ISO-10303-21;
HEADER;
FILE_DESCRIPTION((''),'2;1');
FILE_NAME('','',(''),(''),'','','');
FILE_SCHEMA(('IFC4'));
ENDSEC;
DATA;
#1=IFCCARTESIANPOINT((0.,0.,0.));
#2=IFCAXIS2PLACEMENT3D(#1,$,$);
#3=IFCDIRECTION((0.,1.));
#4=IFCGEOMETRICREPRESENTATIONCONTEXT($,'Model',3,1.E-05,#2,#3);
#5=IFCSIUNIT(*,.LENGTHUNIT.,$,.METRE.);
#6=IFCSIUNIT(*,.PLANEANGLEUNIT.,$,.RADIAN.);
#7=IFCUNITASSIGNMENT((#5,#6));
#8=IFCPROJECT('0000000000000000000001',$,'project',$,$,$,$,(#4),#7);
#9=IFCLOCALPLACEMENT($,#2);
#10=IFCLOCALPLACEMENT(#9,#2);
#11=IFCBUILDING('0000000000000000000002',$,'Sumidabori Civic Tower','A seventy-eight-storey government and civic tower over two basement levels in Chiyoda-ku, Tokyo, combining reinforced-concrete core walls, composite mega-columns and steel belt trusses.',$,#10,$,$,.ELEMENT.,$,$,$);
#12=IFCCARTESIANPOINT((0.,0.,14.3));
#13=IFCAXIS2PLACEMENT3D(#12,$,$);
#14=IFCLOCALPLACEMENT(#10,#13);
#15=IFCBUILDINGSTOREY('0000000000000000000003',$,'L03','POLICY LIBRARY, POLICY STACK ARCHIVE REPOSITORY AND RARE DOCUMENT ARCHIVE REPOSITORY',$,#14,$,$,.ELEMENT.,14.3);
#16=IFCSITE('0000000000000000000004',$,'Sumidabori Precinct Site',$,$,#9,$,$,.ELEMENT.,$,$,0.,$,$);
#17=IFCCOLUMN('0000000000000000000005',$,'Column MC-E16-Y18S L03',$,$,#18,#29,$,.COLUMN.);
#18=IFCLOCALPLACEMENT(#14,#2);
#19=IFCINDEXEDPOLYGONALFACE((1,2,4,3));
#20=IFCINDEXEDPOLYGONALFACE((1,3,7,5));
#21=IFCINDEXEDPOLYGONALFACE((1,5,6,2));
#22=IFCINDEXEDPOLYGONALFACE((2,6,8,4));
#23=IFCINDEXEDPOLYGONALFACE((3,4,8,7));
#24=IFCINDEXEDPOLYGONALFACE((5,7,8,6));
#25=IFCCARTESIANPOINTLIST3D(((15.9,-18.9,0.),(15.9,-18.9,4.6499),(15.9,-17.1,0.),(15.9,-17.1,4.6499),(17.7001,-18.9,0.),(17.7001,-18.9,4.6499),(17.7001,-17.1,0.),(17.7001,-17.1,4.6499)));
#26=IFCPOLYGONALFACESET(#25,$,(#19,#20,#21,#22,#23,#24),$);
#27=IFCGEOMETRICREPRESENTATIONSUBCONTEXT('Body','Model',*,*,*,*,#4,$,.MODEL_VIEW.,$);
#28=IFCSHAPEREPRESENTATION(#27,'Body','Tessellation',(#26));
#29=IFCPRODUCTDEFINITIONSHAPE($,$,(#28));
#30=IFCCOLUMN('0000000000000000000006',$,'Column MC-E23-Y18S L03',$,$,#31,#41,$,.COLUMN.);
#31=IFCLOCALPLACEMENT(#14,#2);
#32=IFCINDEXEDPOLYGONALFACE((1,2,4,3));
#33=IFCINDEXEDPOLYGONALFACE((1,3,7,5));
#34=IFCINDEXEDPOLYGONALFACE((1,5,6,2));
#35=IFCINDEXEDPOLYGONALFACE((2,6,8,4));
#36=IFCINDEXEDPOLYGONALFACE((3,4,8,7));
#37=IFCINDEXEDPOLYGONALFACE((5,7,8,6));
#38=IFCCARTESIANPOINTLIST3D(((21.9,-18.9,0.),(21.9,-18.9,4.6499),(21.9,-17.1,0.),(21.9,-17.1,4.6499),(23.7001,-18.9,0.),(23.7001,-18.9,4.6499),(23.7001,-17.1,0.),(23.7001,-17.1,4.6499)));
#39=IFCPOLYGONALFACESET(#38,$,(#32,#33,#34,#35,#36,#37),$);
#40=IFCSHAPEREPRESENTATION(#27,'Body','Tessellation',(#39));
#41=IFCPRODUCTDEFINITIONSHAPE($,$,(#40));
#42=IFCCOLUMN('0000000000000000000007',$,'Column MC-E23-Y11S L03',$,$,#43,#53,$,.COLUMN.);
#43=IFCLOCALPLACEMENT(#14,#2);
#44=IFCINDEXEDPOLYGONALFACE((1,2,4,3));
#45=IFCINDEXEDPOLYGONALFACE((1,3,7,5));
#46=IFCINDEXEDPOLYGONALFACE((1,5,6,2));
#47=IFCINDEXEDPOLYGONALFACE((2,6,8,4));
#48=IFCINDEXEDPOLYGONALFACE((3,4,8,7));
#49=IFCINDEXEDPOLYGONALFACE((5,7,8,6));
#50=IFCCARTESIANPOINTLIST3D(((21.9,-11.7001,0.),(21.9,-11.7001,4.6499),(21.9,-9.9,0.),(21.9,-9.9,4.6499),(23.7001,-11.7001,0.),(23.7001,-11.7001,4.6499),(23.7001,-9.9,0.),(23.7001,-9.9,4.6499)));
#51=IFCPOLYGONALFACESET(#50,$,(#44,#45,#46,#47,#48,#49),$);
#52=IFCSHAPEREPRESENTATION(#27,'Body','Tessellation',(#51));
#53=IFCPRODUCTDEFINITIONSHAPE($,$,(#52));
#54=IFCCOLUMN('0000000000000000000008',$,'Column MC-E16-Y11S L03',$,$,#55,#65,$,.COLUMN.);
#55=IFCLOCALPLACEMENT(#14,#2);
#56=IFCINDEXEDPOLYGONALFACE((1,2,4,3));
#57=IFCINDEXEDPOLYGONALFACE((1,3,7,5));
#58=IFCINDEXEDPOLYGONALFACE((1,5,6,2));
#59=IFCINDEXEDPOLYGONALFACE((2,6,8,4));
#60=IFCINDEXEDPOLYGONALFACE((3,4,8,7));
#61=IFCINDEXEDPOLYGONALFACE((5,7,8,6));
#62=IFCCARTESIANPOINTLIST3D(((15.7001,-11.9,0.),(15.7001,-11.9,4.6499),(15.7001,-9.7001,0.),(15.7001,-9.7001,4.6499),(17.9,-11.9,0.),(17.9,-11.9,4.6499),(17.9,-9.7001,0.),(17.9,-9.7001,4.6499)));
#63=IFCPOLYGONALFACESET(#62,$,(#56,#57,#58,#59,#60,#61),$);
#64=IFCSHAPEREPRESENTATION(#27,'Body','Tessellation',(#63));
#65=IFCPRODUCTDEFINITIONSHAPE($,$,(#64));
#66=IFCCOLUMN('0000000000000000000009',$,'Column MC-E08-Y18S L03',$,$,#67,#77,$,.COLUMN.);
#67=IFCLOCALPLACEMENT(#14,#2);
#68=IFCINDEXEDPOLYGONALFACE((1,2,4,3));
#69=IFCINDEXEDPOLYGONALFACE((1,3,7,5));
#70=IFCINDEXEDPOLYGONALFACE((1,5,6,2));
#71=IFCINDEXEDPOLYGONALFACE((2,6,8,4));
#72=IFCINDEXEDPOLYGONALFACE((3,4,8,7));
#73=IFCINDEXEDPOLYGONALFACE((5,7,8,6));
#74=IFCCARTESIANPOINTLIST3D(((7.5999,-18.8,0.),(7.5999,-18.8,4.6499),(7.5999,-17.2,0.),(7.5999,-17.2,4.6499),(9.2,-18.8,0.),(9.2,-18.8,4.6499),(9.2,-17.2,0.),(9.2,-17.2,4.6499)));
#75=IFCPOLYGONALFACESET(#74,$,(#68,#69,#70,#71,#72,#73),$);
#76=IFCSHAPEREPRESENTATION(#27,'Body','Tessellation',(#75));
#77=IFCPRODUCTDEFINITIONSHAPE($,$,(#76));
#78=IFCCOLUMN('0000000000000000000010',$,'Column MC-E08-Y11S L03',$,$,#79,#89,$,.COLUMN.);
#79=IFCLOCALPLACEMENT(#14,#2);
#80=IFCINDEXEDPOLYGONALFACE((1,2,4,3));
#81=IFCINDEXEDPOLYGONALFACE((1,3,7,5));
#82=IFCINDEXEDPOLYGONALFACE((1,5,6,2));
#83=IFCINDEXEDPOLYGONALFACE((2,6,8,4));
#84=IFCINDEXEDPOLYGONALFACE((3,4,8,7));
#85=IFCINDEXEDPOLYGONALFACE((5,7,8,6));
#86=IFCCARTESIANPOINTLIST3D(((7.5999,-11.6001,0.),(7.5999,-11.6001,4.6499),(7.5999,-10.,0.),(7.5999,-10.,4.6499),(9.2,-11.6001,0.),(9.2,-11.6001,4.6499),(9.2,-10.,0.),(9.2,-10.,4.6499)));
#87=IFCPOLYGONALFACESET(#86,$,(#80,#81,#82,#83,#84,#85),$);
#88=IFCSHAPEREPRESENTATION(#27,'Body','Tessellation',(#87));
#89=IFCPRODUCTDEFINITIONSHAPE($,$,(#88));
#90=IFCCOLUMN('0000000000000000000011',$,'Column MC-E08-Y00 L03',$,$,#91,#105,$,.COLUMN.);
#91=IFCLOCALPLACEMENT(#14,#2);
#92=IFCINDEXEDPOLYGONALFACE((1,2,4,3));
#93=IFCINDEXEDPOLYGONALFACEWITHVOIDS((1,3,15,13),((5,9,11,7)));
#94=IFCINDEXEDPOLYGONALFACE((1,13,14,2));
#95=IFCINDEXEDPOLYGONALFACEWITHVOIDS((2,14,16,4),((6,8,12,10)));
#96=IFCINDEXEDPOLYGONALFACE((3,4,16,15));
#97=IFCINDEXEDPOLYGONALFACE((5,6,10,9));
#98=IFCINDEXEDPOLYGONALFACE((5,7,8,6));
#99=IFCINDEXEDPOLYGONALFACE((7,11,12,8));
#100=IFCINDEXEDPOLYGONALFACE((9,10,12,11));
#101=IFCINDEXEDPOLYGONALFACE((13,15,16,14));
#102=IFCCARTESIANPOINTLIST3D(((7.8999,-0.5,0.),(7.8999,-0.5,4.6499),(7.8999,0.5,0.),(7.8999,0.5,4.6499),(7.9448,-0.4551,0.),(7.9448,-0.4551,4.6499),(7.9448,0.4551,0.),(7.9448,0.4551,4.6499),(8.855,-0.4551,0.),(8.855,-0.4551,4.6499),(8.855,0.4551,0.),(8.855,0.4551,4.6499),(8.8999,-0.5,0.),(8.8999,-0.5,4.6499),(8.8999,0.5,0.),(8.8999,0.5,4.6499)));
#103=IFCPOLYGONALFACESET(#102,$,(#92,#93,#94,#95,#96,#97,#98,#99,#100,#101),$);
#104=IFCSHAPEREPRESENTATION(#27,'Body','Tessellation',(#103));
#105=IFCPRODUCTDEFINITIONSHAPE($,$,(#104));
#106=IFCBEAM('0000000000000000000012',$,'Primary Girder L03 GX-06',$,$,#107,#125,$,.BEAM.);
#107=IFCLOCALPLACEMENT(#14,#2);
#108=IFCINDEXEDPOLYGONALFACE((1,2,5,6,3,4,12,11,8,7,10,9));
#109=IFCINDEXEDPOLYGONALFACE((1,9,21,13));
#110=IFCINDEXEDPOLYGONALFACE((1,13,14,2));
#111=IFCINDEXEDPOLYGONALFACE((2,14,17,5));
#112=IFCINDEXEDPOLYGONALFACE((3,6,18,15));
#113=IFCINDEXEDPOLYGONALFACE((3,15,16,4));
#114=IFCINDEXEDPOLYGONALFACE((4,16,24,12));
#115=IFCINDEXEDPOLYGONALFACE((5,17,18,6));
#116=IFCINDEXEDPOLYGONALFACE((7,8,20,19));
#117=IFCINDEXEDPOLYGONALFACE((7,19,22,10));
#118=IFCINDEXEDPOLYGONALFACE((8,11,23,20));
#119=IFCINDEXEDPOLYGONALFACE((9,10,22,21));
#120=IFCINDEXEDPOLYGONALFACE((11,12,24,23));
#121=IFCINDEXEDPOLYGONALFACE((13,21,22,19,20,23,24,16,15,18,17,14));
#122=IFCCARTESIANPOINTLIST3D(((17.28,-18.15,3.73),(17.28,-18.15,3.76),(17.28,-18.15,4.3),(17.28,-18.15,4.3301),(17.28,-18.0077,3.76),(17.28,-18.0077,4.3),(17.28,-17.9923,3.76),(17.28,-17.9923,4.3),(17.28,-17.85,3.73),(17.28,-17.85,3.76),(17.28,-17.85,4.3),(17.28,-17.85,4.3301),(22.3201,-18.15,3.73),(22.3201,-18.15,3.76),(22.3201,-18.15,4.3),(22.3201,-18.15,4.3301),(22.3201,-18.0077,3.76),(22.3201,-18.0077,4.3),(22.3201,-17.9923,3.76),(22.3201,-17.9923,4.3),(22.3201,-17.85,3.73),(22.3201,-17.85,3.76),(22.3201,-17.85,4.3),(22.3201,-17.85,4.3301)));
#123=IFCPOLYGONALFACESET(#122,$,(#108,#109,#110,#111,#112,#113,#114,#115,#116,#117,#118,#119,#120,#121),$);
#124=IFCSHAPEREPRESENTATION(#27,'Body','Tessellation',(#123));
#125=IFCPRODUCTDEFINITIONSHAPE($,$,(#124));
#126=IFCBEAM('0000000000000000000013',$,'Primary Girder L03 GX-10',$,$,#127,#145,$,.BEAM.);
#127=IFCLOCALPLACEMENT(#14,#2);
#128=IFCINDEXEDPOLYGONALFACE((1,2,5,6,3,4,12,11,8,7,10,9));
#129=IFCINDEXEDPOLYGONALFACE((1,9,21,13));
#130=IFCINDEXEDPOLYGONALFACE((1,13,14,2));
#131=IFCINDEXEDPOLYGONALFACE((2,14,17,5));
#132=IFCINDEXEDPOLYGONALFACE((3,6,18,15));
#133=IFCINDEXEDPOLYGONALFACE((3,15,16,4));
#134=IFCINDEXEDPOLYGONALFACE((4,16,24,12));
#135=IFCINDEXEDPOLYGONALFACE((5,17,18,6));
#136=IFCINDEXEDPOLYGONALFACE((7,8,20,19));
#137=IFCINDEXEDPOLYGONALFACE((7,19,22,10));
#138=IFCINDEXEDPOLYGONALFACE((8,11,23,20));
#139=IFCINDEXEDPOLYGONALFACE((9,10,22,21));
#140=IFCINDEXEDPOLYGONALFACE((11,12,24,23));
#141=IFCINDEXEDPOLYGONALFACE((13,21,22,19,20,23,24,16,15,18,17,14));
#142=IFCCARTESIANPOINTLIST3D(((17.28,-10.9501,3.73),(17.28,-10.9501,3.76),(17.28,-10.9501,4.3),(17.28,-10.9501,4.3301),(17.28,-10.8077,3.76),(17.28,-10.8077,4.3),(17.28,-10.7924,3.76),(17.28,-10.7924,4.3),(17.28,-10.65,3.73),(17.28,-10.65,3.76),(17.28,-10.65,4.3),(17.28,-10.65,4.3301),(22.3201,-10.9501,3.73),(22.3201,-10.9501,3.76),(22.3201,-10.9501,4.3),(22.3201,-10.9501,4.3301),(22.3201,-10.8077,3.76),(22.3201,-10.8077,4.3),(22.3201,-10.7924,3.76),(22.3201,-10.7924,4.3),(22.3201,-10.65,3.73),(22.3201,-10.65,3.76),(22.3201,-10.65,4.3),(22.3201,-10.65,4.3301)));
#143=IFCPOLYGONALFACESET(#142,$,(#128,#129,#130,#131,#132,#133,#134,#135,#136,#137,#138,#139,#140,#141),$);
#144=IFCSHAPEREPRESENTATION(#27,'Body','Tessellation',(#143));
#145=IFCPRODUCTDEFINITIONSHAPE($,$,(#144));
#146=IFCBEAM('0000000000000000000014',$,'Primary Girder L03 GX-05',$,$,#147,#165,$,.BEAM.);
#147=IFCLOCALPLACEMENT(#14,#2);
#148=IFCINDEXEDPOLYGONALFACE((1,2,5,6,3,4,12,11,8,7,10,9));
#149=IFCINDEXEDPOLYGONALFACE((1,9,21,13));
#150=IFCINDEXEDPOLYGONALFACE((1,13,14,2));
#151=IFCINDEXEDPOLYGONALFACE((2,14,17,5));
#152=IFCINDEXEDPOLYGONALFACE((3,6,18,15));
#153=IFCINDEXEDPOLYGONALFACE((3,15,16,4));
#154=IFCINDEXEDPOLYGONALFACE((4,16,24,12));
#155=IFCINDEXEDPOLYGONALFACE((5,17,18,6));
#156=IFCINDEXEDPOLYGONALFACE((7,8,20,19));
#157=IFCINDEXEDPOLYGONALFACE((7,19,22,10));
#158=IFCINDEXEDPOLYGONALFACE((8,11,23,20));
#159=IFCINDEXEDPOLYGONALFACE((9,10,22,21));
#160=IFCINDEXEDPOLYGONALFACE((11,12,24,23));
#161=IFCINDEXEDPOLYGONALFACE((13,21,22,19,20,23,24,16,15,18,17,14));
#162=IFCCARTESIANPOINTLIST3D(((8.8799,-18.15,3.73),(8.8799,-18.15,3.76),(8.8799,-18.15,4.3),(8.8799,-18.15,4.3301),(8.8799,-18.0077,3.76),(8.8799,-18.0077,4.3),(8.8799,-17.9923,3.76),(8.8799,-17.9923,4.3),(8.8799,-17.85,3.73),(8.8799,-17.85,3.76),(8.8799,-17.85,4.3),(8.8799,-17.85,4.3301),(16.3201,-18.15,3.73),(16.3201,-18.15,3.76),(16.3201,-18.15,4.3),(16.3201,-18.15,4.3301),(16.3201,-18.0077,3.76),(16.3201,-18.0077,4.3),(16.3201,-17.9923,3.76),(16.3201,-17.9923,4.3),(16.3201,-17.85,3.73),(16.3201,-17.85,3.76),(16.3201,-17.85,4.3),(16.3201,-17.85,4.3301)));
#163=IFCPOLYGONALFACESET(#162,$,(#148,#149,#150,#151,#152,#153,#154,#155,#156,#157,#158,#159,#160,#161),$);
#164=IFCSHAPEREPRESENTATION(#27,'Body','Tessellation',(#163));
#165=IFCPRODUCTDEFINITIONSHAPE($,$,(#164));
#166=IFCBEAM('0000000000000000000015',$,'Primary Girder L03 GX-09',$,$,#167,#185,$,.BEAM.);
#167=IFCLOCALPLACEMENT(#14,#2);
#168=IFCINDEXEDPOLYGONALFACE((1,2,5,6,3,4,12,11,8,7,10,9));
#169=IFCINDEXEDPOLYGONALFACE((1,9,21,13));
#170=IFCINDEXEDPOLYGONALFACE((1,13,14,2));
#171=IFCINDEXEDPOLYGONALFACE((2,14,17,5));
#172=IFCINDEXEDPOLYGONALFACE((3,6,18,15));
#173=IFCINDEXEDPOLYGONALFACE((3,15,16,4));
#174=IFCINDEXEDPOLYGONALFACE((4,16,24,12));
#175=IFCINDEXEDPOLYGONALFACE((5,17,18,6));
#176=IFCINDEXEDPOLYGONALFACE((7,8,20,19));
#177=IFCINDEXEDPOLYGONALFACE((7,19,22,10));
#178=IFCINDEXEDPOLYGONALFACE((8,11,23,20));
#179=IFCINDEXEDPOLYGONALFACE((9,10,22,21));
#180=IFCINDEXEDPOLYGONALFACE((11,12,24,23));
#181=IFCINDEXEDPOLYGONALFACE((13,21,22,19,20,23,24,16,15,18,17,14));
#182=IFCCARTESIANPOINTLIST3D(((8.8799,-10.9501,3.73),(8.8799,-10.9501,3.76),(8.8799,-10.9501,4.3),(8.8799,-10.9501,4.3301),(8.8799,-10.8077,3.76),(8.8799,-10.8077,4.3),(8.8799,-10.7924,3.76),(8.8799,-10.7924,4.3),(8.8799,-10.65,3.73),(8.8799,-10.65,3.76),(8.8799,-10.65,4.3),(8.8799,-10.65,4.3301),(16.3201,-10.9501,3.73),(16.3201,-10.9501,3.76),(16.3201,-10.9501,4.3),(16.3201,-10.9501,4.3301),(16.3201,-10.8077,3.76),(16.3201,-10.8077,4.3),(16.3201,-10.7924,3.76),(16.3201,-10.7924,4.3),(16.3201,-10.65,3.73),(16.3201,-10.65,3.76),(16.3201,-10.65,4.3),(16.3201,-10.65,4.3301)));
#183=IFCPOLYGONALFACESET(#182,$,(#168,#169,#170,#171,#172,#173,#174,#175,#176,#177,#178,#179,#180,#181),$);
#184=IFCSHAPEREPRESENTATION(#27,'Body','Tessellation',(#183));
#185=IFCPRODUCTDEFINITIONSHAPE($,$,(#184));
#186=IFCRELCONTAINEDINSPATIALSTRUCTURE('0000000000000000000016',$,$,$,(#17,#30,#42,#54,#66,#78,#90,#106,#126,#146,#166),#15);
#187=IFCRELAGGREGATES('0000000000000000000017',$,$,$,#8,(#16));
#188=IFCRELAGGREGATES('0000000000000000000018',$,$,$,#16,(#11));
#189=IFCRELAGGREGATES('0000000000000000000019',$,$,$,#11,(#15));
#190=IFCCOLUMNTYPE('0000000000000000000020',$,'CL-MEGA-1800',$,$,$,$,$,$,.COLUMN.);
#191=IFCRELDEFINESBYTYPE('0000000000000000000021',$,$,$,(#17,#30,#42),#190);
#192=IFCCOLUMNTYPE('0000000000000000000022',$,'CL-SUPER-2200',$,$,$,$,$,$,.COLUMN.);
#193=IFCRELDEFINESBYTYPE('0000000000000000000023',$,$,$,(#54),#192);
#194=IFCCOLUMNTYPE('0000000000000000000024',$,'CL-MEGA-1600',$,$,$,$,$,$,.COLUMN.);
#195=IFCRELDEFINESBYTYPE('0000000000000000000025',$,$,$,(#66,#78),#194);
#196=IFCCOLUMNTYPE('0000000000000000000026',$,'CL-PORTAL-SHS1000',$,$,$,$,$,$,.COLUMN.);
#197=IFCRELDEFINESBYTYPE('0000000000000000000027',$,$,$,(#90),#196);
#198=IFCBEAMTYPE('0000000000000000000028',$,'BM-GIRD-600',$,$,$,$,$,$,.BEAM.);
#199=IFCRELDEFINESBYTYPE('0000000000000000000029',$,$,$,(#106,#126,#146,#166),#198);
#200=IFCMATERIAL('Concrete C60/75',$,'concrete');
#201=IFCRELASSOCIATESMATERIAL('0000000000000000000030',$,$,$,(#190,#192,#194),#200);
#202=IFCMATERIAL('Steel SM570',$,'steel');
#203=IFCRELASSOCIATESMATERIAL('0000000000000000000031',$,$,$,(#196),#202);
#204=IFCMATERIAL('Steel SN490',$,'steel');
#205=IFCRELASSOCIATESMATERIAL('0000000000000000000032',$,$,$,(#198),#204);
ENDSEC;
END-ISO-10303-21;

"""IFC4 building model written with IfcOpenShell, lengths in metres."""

from ifc_helpers import new_model, si_unit, direction, frame, origin, origin_2d, place, context, subcontext, project, spatial, rectangle, hollow_rectangle, i_section, extrude, source, transform, mapped, material, material_profile, profile_set, type_object, element, save


model = new_model("IFC4")

# Units and contexts
model_context = context("Model", 3, precision=1e-05, world=origin(), true_north=direction((0.0, 1.0)))
body_context = subcontext(model_context, "Body", "Model", "MODEL_VIEW")
ifc_project = project(units=[si_unit("LENGTHUNIT", "METRE"), si_unit("PLANEANGLEUNIT", "RADIAN")], contexts=[model_context])

# Site, building, storey
site_placement = place(None, origin())
site = spatial("IfcSite", under=ifc_project, at=site_placement, Name="Sumidabori Precinct Site", CompositionType="ELEMENT", RefElevation=0.0)
building_placement = place(site_placement, origin())
building = spatial("IfcBuilding", under=site, at=building_placement, Name="Sumidabori Civic Tower", Description="A seventy-eight-storey government and civic tower over two basement levels in Chiyoda-ku, Tokyo, combining reinforced-concrete core walls, composite mega-columns and steel belt trusses.", CompositionType="ELEMENT")
storey_placement = place(building_placement, frame((0.0, 0.0, 14.3)))
storey = spatial("IfcBuildingStorey", under=building, at=storey_placement, Name="L03", Description="POLICY LIBRARY, POLICY STACK ARCHIVE REPOSITORY AND RARE DOCUMENT ARCHIVE REPOSITORY", CompositionType="ELEMENT", Elevation=14.3)

# Columns
ifc_material_1 = material(Name="Concrete C60/75", Category="concrete")
ifc_material_profile_1 = material_profile(ifc_material_1, rectangle(XDim=1.8, YDim=1.8, at=origin_2d()), Name="RC 1800x1800")
ifc_profile_set_1 = profile_set([ifc_material_profile_1], Name="Concrete C60/75")
column_type_1 = type_object("IfcColumnType", Name="CL-MEGA-1800", PredefinedType="COLUMN", material=ifc_profile_set_1)
shared_shape_1 = source(origin(), body_context, "Body", "SweptSolid", [
    extrude(rectangle(XDim=1.8, YDim=1.8, at=origin_2d()), origin(), (0.0, 0.0, 1.0), 4.6499),
])
for number, where, z_axis, x_axis, name in (
    (1, (16.8, -18.0, 0.0), (0.0, 0.0, 1.0), (1.0, 0.0, 0.0), "Column MC-E16-Y18S L03"),
    (2, (22.8, -18.0, 0.0), (0.0, 0.0, 1.0), (1.0, 0.0, 0.0), "Column MC-E23-Y18S L03"),
    (3, (22.8, -10.8, 0.0), (0.0, 0.0, 1.0), (1.0, 0.0, 0.0), "Column MC-E23-Y11S L03"),
):
    element("IfcColumn", number, at=place(storey_placement, frame(where, z_axis=z_axis, x_axis=x_axis)), inside=storey, type_object=column_type_1, Name=name, PredefinedType="COLUMN", context=body_context, shape_type="MappedRepresentation", body=[
        mapped(shared_shape_1, transform((0.0, 0.0, 0.0), x_axis=(1.0, 0.0, 0.0), y_axis=(0.0, 1.0, 0.0), z_axis=(0.0, 0.0, 1.0), scale=1.0)),
    ])
ifc_material_profile_2 = material_profile(ifc_material_1, rectangle(XDim=2.2, YDim=2.2, at=origin_2d()), Name="RC 2200x2200")
ifc_profile_set_2 = profile_set([ifc_material_profile_2], Name="Concrete C60/75")
column_type_2 = type_object("IfcColumnType", Name="CL-SUPER-2200", PredefinedType="COLUMN", material=ifc_profile_set_2)
shared_shape_2 = source(origin(), body_context, "Body", "SweptSolid", [
    extrude(rectangle(XDim=2.2, YDim=2.2, at=origin_2d()), origin(), (0.0, 0.0, 1.0), 4.6499),
])
column_1_placement = place(storey_placement, frame((16.8, -10.8, 0.0), z_axis=(0.0, 0.0, 1.0), x_axis=(1.0, 0.0, 0.0)))
element("IfcColumn", 4, at=column_1_placement, inside=storey, type_object=column_type_2, Name="Column MC-E16-Y11S L03", PredefinedType="COLUMN", context=body_context, shape_type="MappedRepresentation", body=[
    mapped(shared_shape_2, transform((0.0, 0.0, 0.0), x_axis=(1.0, 0.0, 0.0), y_axis=(0.0, 1.0, 0.0), z_axis=(0.0, 0.0, 1.0), scale=1.0)),
])
ifc_material_profile_3 = material_profile(ifc_material_1, rectangle(XDim=1.6001, YDim=1.6001, at=origin_2d()), Name="RC 1600x1600")
ifc_profile_set_3 = profile_set([ifc_material_profile_3], Name="Concrete C60/75")
column_type_3 = type_object("IfcColumnType", Name="CL-MEGA-1600", PredefinedType="COLUMN", material=ifc_profile_set_3)
shared_shape_3 = source(origin(), body_context, "Body", "SweptSolid", [
    extrude(rectangle(XDim=1.6001, YDim=1.6001, at=origin_2d()), origin(), (0.0, 0.0, 1.0), 4.6499),
])
for number, where, z_axis, x_axis, name in (
    (5, (8.3999, -18.0, 0.0), (0.0, 0.0, 1.0), (1.0, 0.0, 0.0), "Column MC-E08-Y18S L03"),
    (6, (8.3999, -10.8, 0.0), (0.0, 0.0, 1.0), (1.0, 0.0, 0.0), "Column MC-E08-Y11S L03"),
):
    element("IfcColumn", number, at=place(storey_placement, frame(where, z_axis=z_axis, x_axis=x_axis)), inside=storey, type_object=column_type_3, Name=name, PredefinedType="COLUMN", context=body_context, shape_type="MappedRepresentation", body=[
        mapped(shared_shape_3, transform((0.0, 0.0, 0.0), x_axis=(1.0, 0.0, 0.0), y_axis=(0.0, 1.0, 0.0), z_axis=(0.0, 0.0, 1.0), scale=1.0)),
    ])
ifc_material_2 = material(Name="Steel SM570", Category="steel")
ifc_material_profile_4 = material_profile(ifc_material_2, hollow_rectangle(XDim=1.0, YDim=1.0, WallThickness=0.0449, at=origin_2d()), Name="SHS 1000x1000x45")
ifc_profile_set_4 = profile_set([ifc_material_profile_4], Name="Steel SM570")
column_type_4 = type_object("IfcColumnType", Name="CL-PORTAL-SHS1000", PredefinedType="COLUMN", material=ifc_profile_set_4)
shared_shape_4 = source(origin(), body_context, "Body", "SweptSolid", [
    extrude(hollow_rectangle(XDim=1.0, YDim=1.0, WallThickness=0.0449, at=origin_2d()), origin(), (0.0, 0.0, 1.0), 4.6499),
])
column_2_placement = place(storey_placement, frame((8.3999, 0.0, 0.0), z_axis=(0.0, 0.0, 1.0), x_axis=(1.0, 0.0, 0.0)))
element("IfcColumn", 7, at=column_2_placement, inside=storey, type_object=column_type_4, Name="Column MC-E08-Y00 L03", PredefinedType="COLUMN", context=body_context, shape_type="MappedRepresentation", body=[
    mapped(shared_shape_4, transform((0.0, 0.0, 0.0), x_axis=(1.0, 0.0, 0.0), y_axis=(0.0, 1.0, 0.0), z_axis=(0.0, 0.0, 1.0), scale=1.0)),
])

# Beams
ifc_material_3 = material(Name="Steel SN490", Category="steel")
ifc_material_profile_5 = material_profile(ifc_material_3, i_section(OverallWidth=0.3, OverallDepth=0.6001, WebThickness=0.0154, FlangeThickness=0.03, at=origin_2d()), Name="HE 600 B")
ifc_profile_set_5 = profile_set([ifc_material_profile_5], Name="Steel SN490")
beam_type_1 = type_object("IfcBeamType", Name="BM-GIRD-600", PredefinedType="BEAM", material=ifc_profile_set_5)
shared_shape_5 = source(origin(), body_context, "Body", "SweptSolid", [
    extrude(i_section(OverallWidth=0.3, OverallDepth=0.6001, WebThickness=0.0154, FlangeThickness=0.03, at=origin_2d()), origin(), (0.0, 0.0, 1.0), 5.04),
])
for number, where, z_axis, x_axis, name in (
    (8, (17.28, -18.0, 4.03), (1.0, 0.0, 0.0), (0.0, 1.0, 0.0), "Primary Girder L03 GX-06"),
    (9, (17.28, -10.8, 4.03), (1.0, 0.0, 0.0), (0.0, 1.0, 0.0), "Primary Girder L03 GX-10"),
):
    element("IfcBeam", number, at=place(storey_placement, frame(where, z_axis=z_axis, x_axis=x_axis)), inside=storey, type_object=beam_type_1, Name=name, PredefinedType="BEAM", context=body_context, shape_type="MappedRepresentation", body=[
        mapped(shared_shape_5, transform((0.0, 0.0, 0.0), x_axis=(1.0, 0.0, 0.0), y_axis=(0.0, 1.0, 0.0), z_axis=(0.0, 0.0, 1.0), scale=1.0)),
    ])
shared_shape_6 = source(origin(), body_context, "Body", "SweptSolid", [
    extrude(i_section(OverallWidth=0.3, OverallDepth=0.6001, WebThickness=0.0154, FlangeThickness=0.03, at=origin_2d()), origin(), (0.0, 0.0, 1.0), 7.4402),
])
for number, where, z_axis, x_axis, name in (
    (10, (8.8799, -18.0, 4.03), (1.0, 0.0, 0.0), (0.0, 1.0, 0.0), "Primary Girder L03 GX-05"),
    (11, (8.8799, -10.8, 4.03), (1.0, 0.0, 0.0), (0.0, 1.0, 0.0), "Primary Girder L03 GX-09"),
):
    element("IfcBeam", number, at=place(storey_placement, frame(where, z_axis=z_axis, x_axis=x_axis)), inside=storey, type_object=beam_type_1, Name=name, PredefinedType="BEAM", context=body_context, shape_type="MappedRepresentation", body=[
        mapped(shared_shape_6, transform((0.0, 0.0, 0.0), x_axis=(1.0, 0.0, 0.0), y_axis=(0.0, 1.0, 0.0), z_axis=(0.0, 0.0, 1.0), scale=1.0)),
    ])

save(model, "model.ifc")
